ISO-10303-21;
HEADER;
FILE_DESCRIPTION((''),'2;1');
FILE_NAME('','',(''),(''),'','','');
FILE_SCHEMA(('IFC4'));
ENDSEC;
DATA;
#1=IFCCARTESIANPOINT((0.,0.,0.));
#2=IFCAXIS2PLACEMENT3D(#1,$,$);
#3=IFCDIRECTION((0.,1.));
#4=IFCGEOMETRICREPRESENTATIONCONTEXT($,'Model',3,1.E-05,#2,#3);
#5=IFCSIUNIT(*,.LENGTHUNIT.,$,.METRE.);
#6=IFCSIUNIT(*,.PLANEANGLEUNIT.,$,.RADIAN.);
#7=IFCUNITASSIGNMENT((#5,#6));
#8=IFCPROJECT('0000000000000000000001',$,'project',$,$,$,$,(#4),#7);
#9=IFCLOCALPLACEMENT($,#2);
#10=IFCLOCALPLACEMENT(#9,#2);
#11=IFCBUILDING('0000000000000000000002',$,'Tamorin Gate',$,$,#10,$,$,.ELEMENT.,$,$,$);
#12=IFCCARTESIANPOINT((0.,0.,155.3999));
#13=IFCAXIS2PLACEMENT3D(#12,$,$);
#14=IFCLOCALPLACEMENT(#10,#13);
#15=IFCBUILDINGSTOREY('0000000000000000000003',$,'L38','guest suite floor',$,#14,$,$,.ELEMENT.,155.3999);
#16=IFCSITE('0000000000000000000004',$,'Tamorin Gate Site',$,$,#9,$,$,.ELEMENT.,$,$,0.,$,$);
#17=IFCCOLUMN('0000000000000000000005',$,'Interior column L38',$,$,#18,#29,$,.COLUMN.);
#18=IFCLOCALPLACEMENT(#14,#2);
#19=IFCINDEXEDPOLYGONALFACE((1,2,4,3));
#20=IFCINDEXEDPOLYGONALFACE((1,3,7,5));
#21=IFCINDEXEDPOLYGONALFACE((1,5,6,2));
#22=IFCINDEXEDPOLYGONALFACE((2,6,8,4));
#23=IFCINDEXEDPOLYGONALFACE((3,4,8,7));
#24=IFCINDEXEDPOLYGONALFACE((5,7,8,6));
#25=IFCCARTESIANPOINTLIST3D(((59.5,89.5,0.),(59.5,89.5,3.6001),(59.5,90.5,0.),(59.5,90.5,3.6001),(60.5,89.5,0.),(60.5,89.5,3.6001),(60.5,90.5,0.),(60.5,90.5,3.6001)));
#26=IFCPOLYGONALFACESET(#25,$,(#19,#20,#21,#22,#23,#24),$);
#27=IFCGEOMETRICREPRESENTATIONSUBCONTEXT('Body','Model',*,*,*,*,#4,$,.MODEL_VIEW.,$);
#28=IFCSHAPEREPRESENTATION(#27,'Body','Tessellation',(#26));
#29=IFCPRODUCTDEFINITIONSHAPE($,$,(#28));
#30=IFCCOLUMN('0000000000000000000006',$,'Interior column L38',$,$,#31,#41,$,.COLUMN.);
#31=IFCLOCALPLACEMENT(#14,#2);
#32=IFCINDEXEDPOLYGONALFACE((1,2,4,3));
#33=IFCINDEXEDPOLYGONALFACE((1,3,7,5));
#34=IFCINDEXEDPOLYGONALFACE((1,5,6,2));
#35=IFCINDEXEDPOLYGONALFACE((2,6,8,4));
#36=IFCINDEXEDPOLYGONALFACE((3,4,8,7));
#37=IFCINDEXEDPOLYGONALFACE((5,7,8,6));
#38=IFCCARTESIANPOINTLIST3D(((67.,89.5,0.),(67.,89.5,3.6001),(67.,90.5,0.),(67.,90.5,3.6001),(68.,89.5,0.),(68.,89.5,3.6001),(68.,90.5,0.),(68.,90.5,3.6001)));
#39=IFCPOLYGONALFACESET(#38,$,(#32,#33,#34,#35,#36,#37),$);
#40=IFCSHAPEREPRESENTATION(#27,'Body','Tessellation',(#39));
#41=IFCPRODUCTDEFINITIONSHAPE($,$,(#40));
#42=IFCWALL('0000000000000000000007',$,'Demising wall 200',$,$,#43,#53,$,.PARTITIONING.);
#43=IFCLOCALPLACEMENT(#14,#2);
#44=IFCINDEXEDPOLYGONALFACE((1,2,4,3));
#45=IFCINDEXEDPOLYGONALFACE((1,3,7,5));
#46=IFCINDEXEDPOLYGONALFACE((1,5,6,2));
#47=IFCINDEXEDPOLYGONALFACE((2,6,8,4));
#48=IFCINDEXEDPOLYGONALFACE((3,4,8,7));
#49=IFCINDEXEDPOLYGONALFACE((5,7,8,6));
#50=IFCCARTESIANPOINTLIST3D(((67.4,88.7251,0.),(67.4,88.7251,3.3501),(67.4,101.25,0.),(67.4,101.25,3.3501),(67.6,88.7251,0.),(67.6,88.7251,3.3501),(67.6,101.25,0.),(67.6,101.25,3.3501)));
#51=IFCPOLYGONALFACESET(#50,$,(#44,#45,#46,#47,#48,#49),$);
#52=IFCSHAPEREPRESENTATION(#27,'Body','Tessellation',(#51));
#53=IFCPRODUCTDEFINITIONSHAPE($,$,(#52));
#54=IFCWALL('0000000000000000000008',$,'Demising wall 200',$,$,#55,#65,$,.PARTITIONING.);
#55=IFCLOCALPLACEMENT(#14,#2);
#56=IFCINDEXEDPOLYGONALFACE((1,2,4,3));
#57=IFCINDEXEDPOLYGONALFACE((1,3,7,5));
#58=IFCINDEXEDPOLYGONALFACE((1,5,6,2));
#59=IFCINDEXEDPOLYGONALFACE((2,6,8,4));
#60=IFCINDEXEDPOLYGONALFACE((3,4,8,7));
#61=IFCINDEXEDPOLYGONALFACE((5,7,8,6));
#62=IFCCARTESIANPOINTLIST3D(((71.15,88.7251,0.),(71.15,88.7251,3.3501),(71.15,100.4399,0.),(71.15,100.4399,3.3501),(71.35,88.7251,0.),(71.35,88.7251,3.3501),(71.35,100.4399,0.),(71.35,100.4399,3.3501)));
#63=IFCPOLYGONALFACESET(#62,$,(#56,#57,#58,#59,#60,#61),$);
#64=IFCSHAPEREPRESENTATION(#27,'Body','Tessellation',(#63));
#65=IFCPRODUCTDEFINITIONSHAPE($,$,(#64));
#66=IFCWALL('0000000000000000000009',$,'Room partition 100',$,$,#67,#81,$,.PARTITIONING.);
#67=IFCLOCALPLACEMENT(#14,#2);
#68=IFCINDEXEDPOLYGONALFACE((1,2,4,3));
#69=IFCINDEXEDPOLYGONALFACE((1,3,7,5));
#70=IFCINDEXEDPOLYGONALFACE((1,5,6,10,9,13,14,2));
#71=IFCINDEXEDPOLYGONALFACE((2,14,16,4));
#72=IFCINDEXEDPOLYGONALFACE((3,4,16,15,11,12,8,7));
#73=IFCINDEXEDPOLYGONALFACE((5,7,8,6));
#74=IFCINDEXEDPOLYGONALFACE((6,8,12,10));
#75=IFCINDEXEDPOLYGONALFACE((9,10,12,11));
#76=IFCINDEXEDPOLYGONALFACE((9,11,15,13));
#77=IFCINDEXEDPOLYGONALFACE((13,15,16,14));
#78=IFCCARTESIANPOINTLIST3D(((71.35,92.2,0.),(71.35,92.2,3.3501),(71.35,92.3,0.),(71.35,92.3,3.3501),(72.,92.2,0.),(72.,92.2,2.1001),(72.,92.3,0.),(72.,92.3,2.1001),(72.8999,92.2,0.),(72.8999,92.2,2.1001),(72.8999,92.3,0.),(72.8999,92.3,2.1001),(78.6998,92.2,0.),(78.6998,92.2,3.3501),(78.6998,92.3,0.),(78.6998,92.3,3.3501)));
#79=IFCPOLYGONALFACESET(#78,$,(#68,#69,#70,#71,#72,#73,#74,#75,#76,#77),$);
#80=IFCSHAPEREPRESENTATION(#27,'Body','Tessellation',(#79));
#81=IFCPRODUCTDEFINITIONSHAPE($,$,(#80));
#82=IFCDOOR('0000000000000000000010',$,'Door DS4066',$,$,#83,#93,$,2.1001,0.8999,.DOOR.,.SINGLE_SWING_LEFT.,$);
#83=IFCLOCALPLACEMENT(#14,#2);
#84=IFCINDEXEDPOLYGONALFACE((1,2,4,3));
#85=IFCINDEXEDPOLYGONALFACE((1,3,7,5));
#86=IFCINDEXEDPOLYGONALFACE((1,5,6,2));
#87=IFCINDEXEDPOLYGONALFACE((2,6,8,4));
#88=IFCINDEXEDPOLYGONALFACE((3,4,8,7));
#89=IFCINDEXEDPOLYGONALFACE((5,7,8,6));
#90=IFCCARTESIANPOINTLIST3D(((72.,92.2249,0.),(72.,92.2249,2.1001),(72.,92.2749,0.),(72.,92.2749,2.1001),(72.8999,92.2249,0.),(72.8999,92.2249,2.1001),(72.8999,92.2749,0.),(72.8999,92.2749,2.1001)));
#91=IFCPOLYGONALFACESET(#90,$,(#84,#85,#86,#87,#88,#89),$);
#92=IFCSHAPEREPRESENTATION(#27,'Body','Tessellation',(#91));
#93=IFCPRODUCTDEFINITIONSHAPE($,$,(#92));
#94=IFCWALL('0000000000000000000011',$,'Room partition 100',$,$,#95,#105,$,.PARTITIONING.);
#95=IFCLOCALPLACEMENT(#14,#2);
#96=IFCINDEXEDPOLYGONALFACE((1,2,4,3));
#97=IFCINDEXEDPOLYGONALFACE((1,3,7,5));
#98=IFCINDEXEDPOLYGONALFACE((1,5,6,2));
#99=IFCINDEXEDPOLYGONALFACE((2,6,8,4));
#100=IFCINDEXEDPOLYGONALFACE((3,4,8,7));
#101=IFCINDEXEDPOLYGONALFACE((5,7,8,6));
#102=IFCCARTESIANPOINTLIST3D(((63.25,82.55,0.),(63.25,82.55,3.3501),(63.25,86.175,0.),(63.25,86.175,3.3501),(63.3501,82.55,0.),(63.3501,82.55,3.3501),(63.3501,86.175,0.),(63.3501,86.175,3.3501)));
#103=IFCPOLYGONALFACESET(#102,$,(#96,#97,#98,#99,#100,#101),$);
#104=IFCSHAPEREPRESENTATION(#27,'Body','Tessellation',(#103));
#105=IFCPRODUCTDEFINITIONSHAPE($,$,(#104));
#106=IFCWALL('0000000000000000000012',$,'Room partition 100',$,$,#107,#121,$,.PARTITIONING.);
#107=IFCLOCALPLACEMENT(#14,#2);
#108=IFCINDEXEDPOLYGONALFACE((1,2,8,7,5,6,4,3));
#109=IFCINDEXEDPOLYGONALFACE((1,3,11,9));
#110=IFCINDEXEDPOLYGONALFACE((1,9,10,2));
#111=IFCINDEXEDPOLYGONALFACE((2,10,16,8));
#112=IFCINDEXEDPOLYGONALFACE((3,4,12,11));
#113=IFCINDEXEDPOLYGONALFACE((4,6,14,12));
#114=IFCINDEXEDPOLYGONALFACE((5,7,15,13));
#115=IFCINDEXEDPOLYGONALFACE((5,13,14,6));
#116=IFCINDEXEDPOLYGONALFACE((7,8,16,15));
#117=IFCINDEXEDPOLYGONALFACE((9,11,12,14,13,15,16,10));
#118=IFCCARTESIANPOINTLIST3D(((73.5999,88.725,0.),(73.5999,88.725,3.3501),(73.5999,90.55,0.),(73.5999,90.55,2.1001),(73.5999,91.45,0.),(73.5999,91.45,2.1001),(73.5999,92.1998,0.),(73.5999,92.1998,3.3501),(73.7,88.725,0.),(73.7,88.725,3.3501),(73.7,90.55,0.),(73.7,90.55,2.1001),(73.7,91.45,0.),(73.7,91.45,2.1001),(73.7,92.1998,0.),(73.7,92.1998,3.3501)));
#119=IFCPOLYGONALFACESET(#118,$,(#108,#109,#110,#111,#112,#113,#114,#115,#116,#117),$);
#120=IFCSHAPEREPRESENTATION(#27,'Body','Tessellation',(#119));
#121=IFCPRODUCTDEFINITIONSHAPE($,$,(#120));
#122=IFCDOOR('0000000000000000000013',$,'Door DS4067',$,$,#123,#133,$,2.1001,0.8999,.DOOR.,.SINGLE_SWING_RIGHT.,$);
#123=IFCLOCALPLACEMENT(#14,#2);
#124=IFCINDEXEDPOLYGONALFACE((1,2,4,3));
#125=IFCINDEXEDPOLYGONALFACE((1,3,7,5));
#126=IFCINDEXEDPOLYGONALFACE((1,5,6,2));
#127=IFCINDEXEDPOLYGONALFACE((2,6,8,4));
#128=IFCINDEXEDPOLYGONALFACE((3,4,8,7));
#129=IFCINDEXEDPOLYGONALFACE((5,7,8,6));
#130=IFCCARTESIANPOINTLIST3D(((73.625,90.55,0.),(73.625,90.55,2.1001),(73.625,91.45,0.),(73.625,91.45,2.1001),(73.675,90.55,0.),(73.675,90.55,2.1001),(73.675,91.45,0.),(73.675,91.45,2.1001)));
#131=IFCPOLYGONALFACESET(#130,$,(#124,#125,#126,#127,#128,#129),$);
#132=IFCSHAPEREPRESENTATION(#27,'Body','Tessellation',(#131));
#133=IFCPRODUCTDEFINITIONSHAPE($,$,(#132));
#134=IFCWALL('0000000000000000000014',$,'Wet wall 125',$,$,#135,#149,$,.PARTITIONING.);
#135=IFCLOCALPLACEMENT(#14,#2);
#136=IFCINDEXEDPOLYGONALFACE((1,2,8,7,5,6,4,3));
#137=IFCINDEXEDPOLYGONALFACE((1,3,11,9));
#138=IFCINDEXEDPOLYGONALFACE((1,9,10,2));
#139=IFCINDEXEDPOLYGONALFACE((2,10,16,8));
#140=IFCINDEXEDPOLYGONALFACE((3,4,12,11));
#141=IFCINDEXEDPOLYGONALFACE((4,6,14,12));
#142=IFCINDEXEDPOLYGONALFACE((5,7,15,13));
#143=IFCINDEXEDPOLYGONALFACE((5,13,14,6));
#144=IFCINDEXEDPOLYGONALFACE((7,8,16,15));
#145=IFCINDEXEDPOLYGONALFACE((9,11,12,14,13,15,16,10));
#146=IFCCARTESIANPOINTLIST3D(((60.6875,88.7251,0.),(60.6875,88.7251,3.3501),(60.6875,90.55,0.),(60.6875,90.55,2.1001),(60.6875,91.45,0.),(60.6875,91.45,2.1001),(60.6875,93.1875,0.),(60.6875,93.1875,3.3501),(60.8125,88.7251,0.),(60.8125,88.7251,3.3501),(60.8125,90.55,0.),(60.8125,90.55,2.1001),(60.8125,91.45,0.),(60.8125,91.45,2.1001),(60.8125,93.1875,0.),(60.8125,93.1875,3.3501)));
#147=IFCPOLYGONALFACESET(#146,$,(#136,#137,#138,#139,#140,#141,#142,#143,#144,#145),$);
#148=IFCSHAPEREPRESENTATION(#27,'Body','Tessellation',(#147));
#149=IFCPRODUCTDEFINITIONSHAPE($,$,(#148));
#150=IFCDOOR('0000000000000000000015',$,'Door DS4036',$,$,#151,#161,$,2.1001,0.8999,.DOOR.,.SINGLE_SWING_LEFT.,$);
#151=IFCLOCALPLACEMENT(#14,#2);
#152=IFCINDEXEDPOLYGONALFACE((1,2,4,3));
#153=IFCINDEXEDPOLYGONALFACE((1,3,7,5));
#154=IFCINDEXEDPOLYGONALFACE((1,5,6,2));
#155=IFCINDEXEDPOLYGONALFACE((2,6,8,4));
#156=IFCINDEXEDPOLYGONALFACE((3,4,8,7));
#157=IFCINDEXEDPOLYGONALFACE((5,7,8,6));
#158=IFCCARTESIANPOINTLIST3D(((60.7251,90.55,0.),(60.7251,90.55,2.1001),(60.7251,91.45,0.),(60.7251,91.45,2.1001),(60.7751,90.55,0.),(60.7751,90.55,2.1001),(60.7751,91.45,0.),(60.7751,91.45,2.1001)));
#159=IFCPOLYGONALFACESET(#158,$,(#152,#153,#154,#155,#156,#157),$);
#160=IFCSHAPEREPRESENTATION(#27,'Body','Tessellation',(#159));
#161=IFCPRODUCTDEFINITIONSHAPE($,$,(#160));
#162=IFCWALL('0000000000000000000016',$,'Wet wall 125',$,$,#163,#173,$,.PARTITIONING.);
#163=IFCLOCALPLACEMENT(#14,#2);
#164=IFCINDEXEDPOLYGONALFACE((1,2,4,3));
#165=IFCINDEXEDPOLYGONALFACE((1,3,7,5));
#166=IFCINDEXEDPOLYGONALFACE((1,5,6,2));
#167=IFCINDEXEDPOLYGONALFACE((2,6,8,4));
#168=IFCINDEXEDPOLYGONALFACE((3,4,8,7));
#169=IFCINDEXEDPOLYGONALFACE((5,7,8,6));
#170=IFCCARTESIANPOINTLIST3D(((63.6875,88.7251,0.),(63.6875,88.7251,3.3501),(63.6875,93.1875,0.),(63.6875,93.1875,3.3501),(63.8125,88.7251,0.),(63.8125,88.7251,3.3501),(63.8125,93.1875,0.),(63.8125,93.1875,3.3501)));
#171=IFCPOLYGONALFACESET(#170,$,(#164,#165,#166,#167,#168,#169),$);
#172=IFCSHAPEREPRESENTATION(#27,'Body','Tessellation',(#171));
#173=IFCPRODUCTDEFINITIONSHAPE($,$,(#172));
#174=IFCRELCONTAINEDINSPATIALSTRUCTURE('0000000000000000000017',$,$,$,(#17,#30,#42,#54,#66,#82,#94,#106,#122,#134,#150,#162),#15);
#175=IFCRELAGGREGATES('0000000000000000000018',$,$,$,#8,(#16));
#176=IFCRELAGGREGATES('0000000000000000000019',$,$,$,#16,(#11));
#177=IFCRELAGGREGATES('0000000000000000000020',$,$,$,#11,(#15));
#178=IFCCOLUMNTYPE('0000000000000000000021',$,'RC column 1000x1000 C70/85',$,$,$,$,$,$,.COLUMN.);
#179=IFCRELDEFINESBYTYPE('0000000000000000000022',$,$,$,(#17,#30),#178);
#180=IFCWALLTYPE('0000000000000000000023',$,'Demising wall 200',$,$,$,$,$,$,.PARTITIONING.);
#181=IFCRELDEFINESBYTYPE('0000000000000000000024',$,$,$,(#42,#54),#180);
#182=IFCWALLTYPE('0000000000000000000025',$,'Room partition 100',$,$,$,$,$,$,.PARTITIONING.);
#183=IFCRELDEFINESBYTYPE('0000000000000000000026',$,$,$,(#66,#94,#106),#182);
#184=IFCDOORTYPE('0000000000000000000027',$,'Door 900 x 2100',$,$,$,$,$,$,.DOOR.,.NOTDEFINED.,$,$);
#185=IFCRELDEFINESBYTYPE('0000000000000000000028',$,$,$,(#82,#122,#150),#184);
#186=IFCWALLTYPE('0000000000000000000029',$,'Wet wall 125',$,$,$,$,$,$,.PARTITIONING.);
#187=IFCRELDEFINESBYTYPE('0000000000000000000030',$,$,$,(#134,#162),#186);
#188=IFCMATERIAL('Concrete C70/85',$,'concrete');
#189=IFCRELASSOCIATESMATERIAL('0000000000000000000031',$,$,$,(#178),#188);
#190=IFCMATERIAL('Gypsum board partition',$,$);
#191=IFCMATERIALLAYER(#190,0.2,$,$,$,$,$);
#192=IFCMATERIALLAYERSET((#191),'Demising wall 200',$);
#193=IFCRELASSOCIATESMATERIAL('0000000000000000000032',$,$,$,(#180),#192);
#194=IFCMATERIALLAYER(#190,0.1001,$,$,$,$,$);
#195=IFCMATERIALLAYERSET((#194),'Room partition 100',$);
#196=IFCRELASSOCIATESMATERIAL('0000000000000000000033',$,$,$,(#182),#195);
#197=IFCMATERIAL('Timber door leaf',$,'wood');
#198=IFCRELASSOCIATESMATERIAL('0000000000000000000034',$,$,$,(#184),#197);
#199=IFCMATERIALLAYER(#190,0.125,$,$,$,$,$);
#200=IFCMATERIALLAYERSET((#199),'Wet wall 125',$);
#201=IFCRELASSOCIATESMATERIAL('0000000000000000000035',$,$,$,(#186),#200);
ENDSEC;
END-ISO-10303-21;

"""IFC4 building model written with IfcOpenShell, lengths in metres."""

from ifc_helpers import new_model, si_unit, direction, frame, frame_2d, origin, origin_2d, place, context, subcontext, project, spatial, rectangle, extrude, material, layer, layer_set, material_profile, profile_set, type_object, element, fill, save


model = new_model("IFC4")

# Units and contexts
model_context = context("Model", 3, precision=1e-05, world=origin(), true_north=direction((0.0, 1.0)))
body_context = subcontext(model_context, "Body", "Model", "MODEL_VIEW")
ifc_project = project(units=[si_unit("LENGTHUNIT", "METRE"), si_unit("PLANEANGLEUNIT", "RADIAN")], contexts=[model_context])

# Site, building, storey
site_placement = place(None, origin())
site = spatial("IfcSite", under=ifc_project, at=site_placement, Name="Tamorin Gate Site", CompositionType="ELEMENT", RefElevation=0.0)
building_placement = place(site_placement, origin())
building = spatial("IfcBuilding", under=site, at=building_placement, Name="Tamorin Gate", CompositionType="ELEMENT")
storey_placement = place(building_placement, frame((0.0, 0.0, 155.3999)))
storey = spatial("IfcBuildingStorey", under=building, at=storey_placement, Name="L38", Description="guest suite floor", CompositionType="ELEMENT", Elevation=155.3999)

# Columns
ifc_material_1 = material(Name="Concrete C70/85", Category="concrete")
ifc_material_profile = material_profile(ifc_material_1, rectangle(XDim=1.0, YDim=1.0, at=origin_2d()), Name="RC 1000x1000")
ifc_profile_set = profile_set([ifc_material_profile], Name="Concrete C70/85")
column_type = type_object("IfcColumnType", Name="RC column 1000x1000 C70/85", PredefinedType="COLUMN", material=ifc_profile_set)
for number, where, z_axis, x_axis, name in (
    (1, (60.0, 90.0, 0.0), (0.0, 0.0, 1.0), (1.0, 0.0, 0.0), "Interior column L38"),
    (2, (67.5, 90.0, 0.0), (0.0, 0.0, 1.0), (1.0, 0.0, 0.0), "Interior column L38"),
):
    element("IfcColumn", number, at=place(storey_placement, frame(where, z_axis=z_axis, x_axis=x_axis)), inside=storey, type_object=column_type, Name=name, PredefinedType="COLUMN", context=body_context, shape_type="SweptSolid", body=[
        extrude(rectangle(XDim=1.0, YDim=1.0, at=origin_2d()), origin(), (0.0, 0.0, 1.0), 3.6001),
    ])

# Walls
ifc_material_2 = material(Name="Gypsum board partition")
ifc_layer_1 = layer(ifc_material_2, 0.2)
ifc_layer_set_1 = layer_set([ifc_layer_1], Name="Demising wall 200")
wall_type_1 = type_object("IfcWallType", Name="Demising wall 200", PredefinedType="PARTITIONING", material=ifc_layer_set_1)
wall_1_placement = place(storey_placement, frame((67.5, 88.7251, 0.0), z_axis=(0.0, 0.0, 1.0), x_axis=(0.0, 1.0, 0.0)))
element("IfcWall", 3, at=wall_1_placement, inside=storey, type_object=wall_type_1, Name="Demising wall 200", PredefinedType="PARTITIONING", context=body_context, shape_type="SweptSolid", body=[
    extrude(rectangle(XDim=12.5249, YDim=0.2, at=frame_2d((6.2625, 0.0))), origin(), (0.0, 0.0, 1.0), 3.3501),
])
wall_2_placement = place(storey_placement, frame((71.25, 88.7251, 0.0), z_axis=(0.0, 0.0, 1.0), x_axis=(0.0, 1.0, 0.0)))
element("IfcWall", 4, at=wall_2_placement, inside=storey, type_object=wall_type_1, Name="Demising wall 200", PredefinedType="PARTITIONING", context=body_context, shape_type="SweptSolid", body=[
    extrude(rectangle(XDim=11.7148, YDim=0.2, at=frame_2d((5.8574, 0.0))), origin(), (0.0, 0.0, 1.0), 3.3501),
])

# Wall, opening, door
ifc_layer_2 = layer(ifc_material_2, 0.1001)
ifc_layer_set_2 = layer_set([ifc_layer_2], Name="Room partition 100")
wall_type_2 = type_object("IfcWallType", Name="Room partition 100", PredefinedType="PARTITIONING", material=ifc_layer_set_2)
wall_3_placement = place(storey_placement, frame((71.3501, 92.25, 0.0), z_axis=(0.0, 0.0, 1.0), x_axis=(1.0, 0.0, 0.0)))
wall_3 = element("IfcWall", 5, at=wall_3_placement, inside=storey, type_object=wall_type_2, Name="Room partition 100", PredefinedType="PARTITIONING", context=body_context, shape_type="SweptSolid", body=[
    extrude(rectangle(XDim=7.3499, YDim=0.1001, at=frame_2d((3.6748, 0.0))), origin(), (0.0, 0.0, 1.0), 3.3501),
])
opening_1_placement = place(wall_3_placement, frame((0.6499, 0.0, 0.0)))
opening_1 = element("IfcOpeningElement", 6, at=opening_1_placement, cuts=wall_3, PredefinedType="OPENING", context=body_context, shape_type="SweptSolid", body=[
    extrude(rectangle(XDim=0.8999, YDim=2.1001, at=frame_2d((0.45, 1.05))), frame((0.0, 0.0601, 0.0), z_axis=(0.0, -1.0, 0.0), x_axis=(1.0, 0.0, 0.0)), (0.0, 0.0, 1.0), 0.1201),
])
ifc_material_3 = material(Name="Timber door leaf", Category="wood")
door_type = type_object("IfcDoorType", Name="Door 900 x 2100", OperationType="NOTDEFINED", PredefinedType="DOOR", material=ifc_material_3)
door_1_placement = place(opening_1_placement, origin())
door_1 = element("IfcDoor", 7, at=door_1_placement, inside=storey, type_object=door_type, Name="Door DS4066", OperationType="SINGLE_SWING_LEFT", OverallHeight=2.1001, OverallWidth=0.8999, PredefinedType="DOOR", context=body_context, shape_type="SweptSolid", body=[
    extrude(rectangle(XDim=0.8999, YDim=2.1001, at=frame_2d((0.45, 1.05))), frame((0.0, 0.0249, 0.0), z_axis=(0.0, -1.0, 0.0), x_axis=(1.0, 0.0, 0.0)), (0.0, 0.0, 1.0), 0.05),
])
fill(opening_1, door_1)

# Wall
wall_4_placement = place(storey_placement, frame((63.3, 82.55, 0.0), z_axis=(0.0, 0.0, 1.0), x_axis=(0.0, 1.0, 0.0)))
element("IfcWall", 8, at=wall_4_placement, inside=storey, type_object=wall_type_2, Name="Room partition 100", PredefinedType="PARTITIONING", context=body_context, shape_type="SweptSolid", body=[
    extrude(rectangle(XDim=3.625, YDim=0.1001, at=frame_2d((1.8125, 0.0))), origin(), (0.0, 0.0, 1.0), 3.3501),
])

# Walls, openings, doors
wall_5_placement = place(storey_placement, frame((73.6499, 88.7251, 0.0), z_axis=(0.0, 0.0, 1.0), x_axis=(0.0, 1.0, 0.0)))
wall_5 = element("IfcWall", 9, at=wall_5_placement, inside=storey, type_object=wall_type_2, Name="Room partition 100", PredefinedType="PARTITIONING", context=body_context, shape_type="SweptSolid", body=[
    extrude(rectangle(XDim=3.4749, YDim=0.1001, at=frame_2d((1.7373, 0.0))), origin(), (0.0, 0.0, 1.0), 3.3501),
])
opening_2_placement = place(wall_5_placement, frame((1.825, 0.0, 0.0)))
opening_2 = element("IfcOpeningElement", 10, at=opening_2_placement, cuts=wall_5, PredefinedType="OPENING", context=body_context, shape_type="SweptSolid", body=[
    extrude(rectangle(XDim=0.8999, YDim=2.1001, at=frame_2d((0.45, 1.05))), frame((0.0, 0.0601, 0.0), z_axis=(0.0, -1.0, 0.0), x_axis=(1.0, 0.0, 0.0)), (0.0, 0.0, 1.0), 0.1201),
])
door_2_placement = place(opening_2_placement, origin())
door_2 = element("IfcDoor", 11, at=door_2_placement, inside=storey, type_object=door_type, Name="Door DS4067", OperationType="SINGLE_SWING_RIGHT", OverallHeight=2.1001, OverallWidth=0.8999, PredefinedType="DOOR", context=body_context, shape_type="SweptSolid", body=[
    extrude(rectangle(XDim=0.8999, YDim=2.1001, at=frame_2d((0.45, 1.05))), frame((0.0, 0.0249, 0.0), z_axis=(0.0, -1.0, 0.0), x_axis=(1.0, 0.0, 0.0)), (0.0, 0.0, 1.0), 0.05),
])
fill(opening_2, door_2)
ifc_layer_3 = layer(ifc_material_2, 0.125)
ifc_layer_set_3 = layer_set([ifc_layer_3], Name="Wet wall 125")
wall_type_3 = type_object("IfcWallType", Name="Wet wall 125", PredefinedType="PARTITIONING", material=ifc_layer_set_3)
wall_6_placement = place(storey_placement, frame((60.75, 88.7251, 0.0), z_axis=(0.0, 0.0, 1.0), x_axis=(0.0, 1.0, 0.0)))
wall_6 = element("IfcWall", 12, at=wall_6_placement, inside=storey, type_object=wall_type_3, Name="Wet wall 125", PredefinedType="PARTITIONING", context=body_context, shape_type="SweptSolid", body=[
    extrude(rectangle(XDim=4.4624, YDim=0.125, at=frame_2d((2.2312, 0.0))), origin(), (0.0, 0.0, 1.0), 3.3501),
])
opening_3_placement = place(wall_6_placement, frame((1.825, 0.0, 0.0)))
opening_3 = element("IfcOpeningElement", 13, at=opening_3_placement, cuts=wall_6, PredefinedType="OPENING", context=body_context, shape_type="SweptSolid", body=[
    extrude(rectangle(XDim=0.8999, YDim=2.1001, at=frame_2d((0.45, 1.05))), frame((0.0, 0.0725, 0.0), z_axis=(0.0, -1.0, 0.0), x_axis=(1.0, 0.0, 0.0)), (0.0, 0.0, 1.0), 0.145),
])
door_3_placement = place(opening_3_placement, origin())
door_3 = element("IfcDoor", 14, at=door_3_placement, inside=storey, type_object=door_type, Name="Door DS4036", OperationType="SINGLE_SWING_LEFT", OverallHeight=2.1001, OverallWidth=0.8999, PredefinedType="DOOR", context=body_context, shape_type="SweptSolid", body=[
    extrude(rectangle(XDim=0.8999, YDim=2.1001, at=frame_2d((0.45, 1.05))), frame((0.0, 0.0249, 0.0), z_axis=(0.0, -1.0, 0.0), x_axis=(1.0, 0.0, 0.0)), (0.0, 0.0, 1.0), 0.05),
])
fill(opening_3, door_3)

# Wall
for number, where, z_axis, x_axis, name in (
    (15, (63.75, 88.7251, 0.0), (0.0, 0.0, 1.0), (0.0, 1.0, 0.0), "Wet wall 125"),
):
    element("IfcWall", number, at=place(storey_placement, frame(where, z_axis=z_axis, x_axis=x_axis)), inside=storey, type_object=wall_type_3, Name=name, PredefinedType="PARTITIONING", context=body_context, shape_type="SweptSolid", body=[
        extrude(rectangle(XDim=4.4624, YDim=0.125, at=frame_2d((2.2312, 0.0))), origin(), (0.0, 0.0, 1.0), 3.3501),
    ])

save(model, "model.ifc")
